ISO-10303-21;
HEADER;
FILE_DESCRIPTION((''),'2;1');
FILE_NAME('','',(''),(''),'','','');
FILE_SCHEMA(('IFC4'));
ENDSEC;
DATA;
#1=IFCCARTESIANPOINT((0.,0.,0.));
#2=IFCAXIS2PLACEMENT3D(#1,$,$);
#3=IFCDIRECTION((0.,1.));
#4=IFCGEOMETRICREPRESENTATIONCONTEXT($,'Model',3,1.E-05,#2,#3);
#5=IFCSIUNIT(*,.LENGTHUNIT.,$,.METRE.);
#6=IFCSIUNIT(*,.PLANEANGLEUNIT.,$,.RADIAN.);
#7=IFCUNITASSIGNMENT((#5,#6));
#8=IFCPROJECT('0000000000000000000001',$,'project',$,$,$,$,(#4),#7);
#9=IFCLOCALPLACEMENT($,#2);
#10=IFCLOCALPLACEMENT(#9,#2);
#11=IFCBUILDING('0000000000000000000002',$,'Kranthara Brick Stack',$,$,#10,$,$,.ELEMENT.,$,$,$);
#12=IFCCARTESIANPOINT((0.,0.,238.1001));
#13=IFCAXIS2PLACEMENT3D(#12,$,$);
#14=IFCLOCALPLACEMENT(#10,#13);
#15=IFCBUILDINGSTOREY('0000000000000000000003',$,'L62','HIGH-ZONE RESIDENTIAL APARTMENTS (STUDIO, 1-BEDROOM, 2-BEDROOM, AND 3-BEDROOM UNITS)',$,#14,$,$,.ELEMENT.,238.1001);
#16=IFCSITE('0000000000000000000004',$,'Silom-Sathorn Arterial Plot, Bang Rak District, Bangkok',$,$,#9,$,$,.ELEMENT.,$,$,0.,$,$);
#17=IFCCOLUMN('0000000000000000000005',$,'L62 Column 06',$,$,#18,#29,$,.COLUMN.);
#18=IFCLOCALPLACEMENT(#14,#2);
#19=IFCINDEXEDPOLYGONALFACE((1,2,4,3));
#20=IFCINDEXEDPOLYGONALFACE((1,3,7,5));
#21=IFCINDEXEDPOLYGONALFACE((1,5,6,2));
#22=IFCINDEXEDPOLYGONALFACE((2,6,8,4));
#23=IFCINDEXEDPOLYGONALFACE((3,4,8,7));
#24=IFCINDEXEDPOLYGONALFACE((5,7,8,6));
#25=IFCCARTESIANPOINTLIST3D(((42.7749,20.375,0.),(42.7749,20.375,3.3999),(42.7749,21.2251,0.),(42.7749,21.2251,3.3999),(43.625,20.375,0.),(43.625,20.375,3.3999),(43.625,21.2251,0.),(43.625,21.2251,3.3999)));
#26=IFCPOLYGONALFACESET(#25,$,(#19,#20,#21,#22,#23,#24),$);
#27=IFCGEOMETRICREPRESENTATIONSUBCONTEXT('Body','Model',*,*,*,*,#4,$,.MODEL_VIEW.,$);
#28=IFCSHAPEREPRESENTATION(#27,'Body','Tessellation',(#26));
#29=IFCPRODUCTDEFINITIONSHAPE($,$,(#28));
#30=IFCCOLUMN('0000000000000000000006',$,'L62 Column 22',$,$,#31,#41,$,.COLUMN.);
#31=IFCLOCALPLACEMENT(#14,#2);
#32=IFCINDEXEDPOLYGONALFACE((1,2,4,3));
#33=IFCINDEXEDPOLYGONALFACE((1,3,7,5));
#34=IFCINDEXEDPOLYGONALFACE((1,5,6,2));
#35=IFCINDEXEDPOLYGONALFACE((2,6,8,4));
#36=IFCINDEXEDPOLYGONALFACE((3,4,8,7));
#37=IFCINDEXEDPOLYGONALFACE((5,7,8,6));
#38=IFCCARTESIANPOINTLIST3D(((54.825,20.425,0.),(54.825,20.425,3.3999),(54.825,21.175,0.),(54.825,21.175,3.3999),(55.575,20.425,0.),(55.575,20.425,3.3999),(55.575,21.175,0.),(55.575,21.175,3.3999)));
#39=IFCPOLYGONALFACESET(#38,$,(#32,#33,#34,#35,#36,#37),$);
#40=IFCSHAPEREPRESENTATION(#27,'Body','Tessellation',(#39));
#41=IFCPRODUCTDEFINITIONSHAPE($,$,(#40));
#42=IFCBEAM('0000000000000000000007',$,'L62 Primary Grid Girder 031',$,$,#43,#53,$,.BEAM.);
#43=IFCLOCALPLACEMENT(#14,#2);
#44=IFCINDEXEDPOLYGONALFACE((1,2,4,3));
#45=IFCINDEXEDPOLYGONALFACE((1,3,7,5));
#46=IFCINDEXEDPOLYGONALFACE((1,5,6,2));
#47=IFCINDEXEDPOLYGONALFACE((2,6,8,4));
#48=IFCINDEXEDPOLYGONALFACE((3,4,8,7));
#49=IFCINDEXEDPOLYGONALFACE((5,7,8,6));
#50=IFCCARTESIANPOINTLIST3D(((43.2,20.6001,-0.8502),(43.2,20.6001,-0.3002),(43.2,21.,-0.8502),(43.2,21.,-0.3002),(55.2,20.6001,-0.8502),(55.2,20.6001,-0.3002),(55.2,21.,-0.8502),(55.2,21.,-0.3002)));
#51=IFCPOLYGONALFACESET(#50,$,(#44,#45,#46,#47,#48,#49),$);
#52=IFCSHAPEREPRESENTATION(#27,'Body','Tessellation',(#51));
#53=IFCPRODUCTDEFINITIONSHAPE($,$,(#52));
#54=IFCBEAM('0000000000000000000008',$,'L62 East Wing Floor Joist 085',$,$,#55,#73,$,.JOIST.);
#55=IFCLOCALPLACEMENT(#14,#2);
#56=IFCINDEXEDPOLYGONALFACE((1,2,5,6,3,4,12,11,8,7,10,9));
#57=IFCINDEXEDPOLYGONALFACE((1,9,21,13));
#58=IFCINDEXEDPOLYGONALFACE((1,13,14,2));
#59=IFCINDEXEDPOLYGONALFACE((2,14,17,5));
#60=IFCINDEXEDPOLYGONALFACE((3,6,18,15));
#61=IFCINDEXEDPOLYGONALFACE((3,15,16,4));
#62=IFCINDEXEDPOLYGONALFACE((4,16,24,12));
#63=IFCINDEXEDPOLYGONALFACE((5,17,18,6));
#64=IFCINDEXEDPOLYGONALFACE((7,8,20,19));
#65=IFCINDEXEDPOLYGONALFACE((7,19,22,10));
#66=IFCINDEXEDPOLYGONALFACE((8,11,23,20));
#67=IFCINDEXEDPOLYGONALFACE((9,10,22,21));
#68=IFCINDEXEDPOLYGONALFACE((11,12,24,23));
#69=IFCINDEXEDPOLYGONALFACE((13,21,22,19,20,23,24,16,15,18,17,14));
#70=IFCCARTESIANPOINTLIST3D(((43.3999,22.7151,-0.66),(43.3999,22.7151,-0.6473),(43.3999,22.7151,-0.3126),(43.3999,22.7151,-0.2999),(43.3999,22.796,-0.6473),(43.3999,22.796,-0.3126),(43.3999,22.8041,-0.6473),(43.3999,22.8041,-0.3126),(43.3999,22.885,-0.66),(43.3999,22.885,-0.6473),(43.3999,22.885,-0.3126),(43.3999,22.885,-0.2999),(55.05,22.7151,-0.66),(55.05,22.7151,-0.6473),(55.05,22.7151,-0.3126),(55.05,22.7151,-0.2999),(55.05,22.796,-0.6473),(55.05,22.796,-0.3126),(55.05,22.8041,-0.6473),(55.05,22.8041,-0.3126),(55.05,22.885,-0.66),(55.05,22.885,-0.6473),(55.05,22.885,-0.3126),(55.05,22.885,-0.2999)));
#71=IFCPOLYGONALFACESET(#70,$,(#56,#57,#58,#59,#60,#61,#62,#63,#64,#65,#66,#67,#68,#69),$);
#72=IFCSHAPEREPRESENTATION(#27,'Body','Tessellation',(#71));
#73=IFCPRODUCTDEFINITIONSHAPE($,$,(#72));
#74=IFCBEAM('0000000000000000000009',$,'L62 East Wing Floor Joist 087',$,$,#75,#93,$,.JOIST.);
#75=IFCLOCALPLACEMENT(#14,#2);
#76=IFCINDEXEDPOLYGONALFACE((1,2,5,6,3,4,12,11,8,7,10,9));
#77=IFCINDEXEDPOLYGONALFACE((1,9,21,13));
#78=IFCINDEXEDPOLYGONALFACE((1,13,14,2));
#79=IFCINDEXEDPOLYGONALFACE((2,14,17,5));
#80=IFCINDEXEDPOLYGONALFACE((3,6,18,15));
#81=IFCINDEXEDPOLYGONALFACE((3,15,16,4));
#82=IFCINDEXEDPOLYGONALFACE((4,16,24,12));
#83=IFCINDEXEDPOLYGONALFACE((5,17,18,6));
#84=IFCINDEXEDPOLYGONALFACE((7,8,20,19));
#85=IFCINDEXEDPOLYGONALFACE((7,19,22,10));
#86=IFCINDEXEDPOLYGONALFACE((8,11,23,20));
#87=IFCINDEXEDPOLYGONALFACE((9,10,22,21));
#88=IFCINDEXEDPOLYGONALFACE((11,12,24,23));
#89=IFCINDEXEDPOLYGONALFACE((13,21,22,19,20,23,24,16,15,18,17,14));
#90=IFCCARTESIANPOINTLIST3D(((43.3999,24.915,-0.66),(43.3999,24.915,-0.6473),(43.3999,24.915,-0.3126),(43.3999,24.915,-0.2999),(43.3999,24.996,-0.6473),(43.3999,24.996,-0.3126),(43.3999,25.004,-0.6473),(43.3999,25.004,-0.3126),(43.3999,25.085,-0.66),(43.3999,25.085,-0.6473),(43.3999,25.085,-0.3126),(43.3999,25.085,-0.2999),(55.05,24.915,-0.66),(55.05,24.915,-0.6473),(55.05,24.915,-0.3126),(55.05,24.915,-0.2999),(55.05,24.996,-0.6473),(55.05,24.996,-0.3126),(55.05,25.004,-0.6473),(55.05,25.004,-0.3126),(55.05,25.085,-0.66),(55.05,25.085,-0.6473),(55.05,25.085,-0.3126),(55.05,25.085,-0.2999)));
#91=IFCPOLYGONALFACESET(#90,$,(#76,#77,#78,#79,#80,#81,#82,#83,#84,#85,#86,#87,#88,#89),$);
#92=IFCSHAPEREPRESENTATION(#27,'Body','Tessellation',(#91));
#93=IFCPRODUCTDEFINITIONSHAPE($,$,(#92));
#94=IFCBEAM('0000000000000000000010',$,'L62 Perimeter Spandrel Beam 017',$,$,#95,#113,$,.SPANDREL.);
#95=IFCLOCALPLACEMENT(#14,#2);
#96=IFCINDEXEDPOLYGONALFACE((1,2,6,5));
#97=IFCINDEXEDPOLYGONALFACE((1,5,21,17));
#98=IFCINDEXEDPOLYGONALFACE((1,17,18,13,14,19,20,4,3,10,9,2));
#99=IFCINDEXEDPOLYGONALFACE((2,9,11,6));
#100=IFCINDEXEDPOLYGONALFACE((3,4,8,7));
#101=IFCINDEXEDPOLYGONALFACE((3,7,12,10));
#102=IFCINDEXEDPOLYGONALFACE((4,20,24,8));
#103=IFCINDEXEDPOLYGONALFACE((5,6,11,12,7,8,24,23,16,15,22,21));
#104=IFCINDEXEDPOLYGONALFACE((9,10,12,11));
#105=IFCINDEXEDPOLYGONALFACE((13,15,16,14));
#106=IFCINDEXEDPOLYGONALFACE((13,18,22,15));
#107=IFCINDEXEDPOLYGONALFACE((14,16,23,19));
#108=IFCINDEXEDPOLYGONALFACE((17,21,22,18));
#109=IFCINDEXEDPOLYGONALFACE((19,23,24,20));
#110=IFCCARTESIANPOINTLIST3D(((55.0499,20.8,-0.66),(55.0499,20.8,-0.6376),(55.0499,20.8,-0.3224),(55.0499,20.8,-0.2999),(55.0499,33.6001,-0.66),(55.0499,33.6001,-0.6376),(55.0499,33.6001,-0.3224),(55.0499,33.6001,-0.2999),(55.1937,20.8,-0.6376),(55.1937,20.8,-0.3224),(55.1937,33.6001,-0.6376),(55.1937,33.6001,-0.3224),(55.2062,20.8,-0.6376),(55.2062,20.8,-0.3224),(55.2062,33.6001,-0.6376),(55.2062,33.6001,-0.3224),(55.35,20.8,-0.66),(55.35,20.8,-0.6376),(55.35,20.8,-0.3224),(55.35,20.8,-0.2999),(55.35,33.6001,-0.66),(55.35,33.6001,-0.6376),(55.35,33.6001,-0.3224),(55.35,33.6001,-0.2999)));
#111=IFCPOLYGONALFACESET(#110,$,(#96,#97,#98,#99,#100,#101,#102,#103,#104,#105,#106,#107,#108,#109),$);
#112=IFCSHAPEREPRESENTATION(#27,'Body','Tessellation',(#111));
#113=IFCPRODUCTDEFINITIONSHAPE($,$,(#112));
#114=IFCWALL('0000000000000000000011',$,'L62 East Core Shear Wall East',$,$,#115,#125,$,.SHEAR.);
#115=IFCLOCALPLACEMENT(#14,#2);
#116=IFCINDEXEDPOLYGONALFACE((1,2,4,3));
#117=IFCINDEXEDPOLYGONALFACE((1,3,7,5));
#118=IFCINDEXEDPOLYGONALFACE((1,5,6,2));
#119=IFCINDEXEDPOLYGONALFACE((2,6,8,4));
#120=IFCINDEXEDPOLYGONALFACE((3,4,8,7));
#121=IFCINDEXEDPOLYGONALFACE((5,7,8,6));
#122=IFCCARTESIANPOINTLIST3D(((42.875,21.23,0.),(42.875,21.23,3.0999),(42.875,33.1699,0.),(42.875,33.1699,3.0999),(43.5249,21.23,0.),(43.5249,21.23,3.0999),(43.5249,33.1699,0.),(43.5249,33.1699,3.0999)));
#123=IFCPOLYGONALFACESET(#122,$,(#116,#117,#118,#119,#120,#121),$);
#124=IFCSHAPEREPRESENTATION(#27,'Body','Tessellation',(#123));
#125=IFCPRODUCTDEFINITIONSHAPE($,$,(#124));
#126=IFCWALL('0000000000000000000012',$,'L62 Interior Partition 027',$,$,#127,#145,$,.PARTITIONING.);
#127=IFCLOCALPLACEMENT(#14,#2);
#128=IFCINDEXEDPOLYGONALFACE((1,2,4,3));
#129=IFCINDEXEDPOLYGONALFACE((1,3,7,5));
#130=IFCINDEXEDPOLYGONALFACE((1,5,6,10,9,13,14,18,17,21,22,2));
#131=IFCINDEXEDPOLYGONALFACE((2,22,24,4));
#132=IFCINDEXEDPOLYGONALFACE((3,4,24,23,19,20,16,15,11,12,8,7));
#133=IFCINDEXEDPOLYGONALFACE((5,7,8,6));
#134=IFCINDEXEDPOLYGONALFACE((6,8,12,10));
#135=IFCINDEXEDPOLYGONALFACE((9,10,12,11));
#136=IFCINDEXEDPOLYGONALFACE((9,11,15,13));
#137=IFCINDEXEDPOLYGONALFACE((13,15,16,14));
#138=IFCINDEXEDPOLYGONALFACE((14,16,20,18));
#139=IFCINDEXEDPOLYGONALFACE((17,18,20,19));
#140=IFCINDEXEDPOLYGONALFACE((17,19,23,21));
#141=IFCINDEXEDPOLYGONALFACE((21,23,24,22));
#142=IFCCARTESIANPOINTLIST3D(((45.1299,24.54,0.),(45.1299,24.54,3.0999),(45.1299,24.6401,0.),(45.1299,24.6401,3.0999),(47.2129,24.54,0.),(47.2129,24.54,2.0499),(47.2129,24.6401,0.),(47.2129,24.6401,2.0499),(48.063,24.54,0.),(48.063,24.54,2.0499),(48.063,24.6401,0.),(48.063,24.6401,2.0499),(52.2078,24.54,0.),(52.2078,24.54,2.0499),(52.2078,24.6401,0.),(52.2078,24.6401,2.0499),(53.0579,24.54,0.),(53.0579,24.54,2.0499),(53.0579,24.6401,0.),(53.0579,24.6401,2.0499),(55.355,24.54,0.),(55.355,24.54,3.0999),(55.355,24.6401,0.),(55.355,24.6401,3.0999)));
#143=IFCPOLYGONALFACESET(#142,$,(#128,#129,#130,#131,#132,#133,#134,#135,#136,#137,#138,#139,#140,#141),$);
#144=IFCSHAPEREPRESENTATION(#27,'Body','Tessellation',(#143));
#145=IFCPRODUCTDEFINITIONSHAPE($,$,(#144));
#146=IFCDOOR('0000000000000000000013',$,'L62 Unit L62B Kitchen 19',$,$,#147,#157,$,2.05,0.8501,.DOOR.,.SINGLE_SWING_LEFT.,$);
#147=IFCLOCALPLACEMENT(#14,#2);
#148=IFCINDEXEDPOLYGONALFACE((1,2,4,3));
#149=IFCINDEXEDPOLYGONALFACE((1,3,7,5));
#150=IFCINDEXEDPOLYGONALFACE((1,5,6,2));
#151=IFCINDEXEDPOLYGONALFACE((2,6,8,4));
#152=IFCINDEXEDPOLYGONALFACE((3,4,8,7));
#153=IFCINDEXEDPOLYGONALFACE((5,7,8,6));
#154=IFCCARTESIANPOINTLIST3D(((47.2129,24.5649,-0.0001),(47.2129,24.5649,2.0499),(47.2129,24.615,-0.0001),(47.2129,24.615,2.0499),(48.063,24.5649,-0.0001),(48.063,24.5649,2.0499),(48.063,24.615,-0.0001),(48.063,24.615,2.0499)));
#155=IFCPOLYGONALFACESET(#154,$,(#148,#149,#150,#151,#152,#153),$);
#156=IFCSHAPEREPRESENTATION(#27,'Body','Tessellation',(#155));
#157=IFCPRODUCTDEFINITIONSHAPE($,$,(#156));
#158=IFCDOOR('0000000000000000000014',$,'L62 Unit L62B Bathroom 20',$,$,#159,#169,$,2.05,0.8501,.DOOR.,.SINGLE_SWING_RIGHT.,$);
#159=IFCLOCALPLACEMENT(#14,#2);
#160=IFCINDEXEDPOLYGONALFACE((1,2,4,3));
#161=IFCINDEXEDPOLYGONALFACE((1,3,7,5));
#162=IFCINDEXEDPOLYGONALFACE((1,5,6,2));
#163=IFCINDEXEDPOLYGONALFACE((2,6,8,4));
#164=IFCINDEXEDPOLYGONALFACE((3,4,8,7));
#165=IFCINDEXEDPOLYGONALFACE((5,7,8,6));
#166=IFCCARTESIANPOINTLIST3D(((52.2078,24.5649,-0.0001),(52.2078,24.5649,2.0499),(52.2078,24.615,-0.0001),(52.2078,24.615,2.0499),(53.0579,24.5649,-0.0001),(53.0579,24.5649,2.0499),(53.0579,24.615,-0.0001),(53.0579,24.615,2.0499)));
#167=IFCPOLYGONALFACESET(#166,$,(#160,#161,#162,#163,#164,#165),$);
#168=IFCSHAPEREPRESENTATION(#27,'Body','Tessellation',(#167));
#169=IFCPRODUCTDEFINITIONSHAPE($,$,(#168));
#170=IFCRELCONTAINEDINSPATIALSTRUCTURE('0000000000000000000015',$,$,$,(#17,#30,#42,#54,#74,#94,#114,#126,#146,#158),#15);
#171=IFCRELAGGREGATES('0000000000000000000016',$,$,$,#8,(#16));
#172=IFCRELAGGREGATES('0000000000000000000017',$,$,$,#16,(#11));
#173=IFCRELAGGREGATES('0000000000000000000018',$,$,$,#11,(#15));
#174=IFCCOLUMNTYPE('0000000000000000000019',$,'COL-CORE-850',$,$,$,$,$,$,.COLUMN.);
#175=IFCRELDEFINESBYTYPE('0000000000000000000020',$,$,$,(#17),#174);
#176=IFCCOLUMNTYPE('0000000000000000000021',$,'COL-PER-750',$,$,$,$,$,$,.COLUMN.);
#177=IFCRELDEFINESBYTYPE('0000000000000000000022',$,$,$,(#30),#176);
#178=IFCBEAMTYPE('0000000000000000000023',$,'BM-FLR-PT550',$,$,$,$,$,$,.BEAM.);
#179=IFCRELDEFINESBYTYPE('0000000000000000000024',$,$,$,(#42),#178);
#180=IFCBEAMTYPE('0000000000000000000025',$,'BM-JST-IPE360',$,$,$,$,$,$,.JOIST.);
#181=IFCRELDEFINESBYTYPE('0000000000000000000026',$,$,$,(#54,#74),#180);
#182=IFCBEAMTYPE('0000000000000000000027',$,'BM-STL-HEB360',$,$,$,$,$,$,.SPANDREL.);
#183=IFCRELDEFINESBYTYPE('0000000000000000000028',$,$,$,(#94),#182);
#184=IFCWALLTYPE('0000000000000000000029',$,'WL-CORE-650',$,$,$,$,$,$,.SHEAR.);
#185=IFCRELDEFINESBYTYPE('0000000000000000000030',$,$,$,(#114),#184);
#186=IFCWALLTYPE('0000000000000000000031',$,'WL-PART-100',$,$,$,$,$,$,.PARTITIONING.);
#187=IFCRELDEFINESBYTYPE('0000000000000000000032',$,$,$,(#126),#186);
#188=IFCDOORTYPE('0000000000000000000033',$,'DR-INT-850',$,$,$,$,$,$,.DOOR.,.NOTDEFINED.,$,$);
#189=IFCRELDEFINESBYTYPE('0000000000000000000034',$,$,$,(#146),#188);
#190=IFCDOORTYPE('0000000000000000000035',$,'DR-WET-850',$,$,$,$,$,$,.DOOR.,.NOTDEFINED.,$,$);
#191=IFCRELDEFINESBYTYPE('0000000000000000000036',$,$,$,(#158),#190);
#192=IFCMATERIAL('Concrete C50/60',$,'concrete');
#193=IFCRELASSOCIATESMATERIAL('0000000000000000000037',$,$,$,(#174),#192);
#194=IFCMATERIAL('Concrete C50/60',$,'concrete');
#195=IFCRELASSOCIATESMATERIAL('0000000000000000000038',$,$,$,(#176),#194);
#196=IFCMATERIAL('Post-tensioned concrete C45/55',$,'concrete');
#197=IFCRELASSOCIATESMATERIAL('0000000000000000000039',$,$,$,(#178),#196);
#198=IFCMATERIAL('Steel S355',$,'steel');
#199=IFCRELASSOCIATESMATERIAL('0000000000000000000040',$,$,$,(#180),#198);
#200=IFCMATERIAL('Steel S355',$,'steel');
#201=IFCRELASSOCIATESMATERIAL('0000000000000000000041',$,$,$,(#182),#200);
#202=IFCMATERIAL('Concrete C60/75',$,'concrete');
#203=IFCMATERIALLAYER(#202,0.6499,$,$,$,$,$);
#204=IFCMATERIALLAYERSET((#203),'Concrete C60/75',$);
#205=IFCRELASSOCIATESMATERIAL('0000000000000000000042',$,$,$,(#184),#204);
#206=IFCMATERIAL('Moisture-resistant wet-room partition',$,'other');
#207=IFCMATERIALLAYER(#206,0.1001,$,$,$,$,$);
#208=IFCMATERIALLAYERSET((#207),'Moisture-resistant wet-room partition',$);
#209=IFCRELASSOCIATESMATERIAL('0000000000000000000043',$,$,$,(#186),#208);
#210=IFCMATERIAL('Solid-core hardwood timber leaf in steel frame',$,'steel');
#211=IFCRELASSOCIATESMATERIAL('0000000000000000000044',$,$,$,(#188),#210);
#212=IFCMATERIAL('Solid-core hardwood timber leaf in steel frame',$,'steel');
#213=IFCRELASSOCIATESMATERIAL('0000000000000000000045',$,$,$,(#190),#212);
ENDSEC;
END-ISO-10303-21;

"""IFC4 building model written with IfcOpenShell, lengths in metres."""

from ifc_helpers import new_model, si_unit, direction, frame, frame_2d, origin, origin_2d, place, context, subcontext, project, spatial, rectangle, i_section, extrude, material, layer, layer_set, material_profile, profile_set, type_object, element, fill, save


model = new_model("IFC4")

# Units and contexts
model_context = context("Model", 3, precision=1e-05, world=origin(), true_north=direction((0.0, 1.0)))
body_context = subcontext(model_context, "Body", "Model", "MODEL_VIEW")
ifc_project = project(units=[si_unit("LENGTHUNIT", "METRE"), si_unit("PLANEANGLEUNIT", "RADIAN")], contexts=[model_context])

# Site, building, storey
site_placement = place(None, origin())
site = spatial("IfcSite", under=ifc_project, at=site_placement, Name="Silom-Sathorn Arterial Plot, Bang Rak District, Bangkok", CompositionType="ELEMENT", RefElevation=0.0)
building_placement = place(site_placement, origin())
building = spatial("IfcBuilding", under=site, at=building_placement, Name="Kranthara Brick Stack", CompositionType="ELEMENT")
storey_placement = place(building_placement, frame((0.0, 0.0, 238.1001)))
storey = spatial("IfcBuildingStorey", under=building, at=storey_placement, Name="L62", Description="HIGH-ZONE RESIDENTIAL APARTMENTS (STUDIO, 1-BEDROOM, 2-BEDROOM, AND 3-BEDROOM UNITS)", CompositionType="ELEMENT", Elevation=238.1001)

# Columns
ifc_material_1 = material(Name="Concrete C50/60", Category="concrete")
ifc_material_profile_1 = material_profile(ifc_material_1, rectangle(XDim=0.8501, YDim=0.8501, at=origin_2d()), Name="RC 850x850")
ifc_profile_set_1 = profile_set([ifc_material_profile_1], Name="Concrete C50/60")
column_type_1 = type_object("IfcColumnType", Name="COL-CORE-850", PredefinedType="COLUMN", material=ifc_profile_set_1)
column_1_placement = place(storey_placement, frame((43.2, 20.8, 0.0), z_axis=(0.0, 0.0, 1.0), x_axis=(1.0, 0.0, 0.0)))
element("IfcColumn", 1, at=column_1_placement, inside=storey, type_object=column_type_1, Name="L62 Column 06", PredefinedType="COLUMN", context=body_context, shape_type="SweptSolid", body=[
    extrude(rectangle(XDim=0.8501, YDim=0.8501, at=origin_2d()), origin(), (0.0, 0.0, 1.0), 3.3999),
])
ifc_material_2 = material(Name="Concrete C50/60", Category="concrete")
ifc_material_profile_2 = material_profile(ifc_material_2, rectangle(XDim=0.75, YDim=0.75, at=origin_2d()), Name="RC 750x750")
ifc_profile_set_2 = profile_set([ifc_material_profile_2], Name="Concrete C50/60")
column_type_2 = type_object("IfcColumnType", Name="COL-PER-750", PredefinedType="COLUMN", material=ifc_profile_set_2)
column_2_placement = place(storey_placement, frame((55.2, 20.8, 0.0), z_axis=(0.0, 0.0, 1.0), x_axis=(1.0, 0.0, 0.0)))
element("IfcColumn", 2, at=column_2_placement, inside=storey, type_object=column_type_2, Name="L62 Column 22", PredefinedType="COLUMN", context=body_context, shape_type="SweptSolid", body=[
    extrude(rectangle(XDim=0.75, YDim=0.75, at=origin_2d()), origin(), (0.0, 0.0, 1.0), 3.3999),
])

# Beams
ifc_material_3 = material(Name="Post-tensioned concrete C45/55", Category="concrete")
ifc_material_profile_3 = material_profile(ifc_material_3, rectangle(XDim=0.3999, YDim=0.55, at=origin_2d()), Name="PT 400x550")
ifc_profile_set_3 = profile_set([ifc_material_profile_3], Name="Post-tensioned concrete C45/55")
beam_type_1 = type_object("IfcBeamType", Name="BM-FLR-PT550", PredefinedType="BEAM", material=ifc_profile_set_3)
beam_1_placement = place(storey_placement, frame((43.2, 20.8, -0.5752), z_axis=(1.0, 0.0, 0.0), x_axis=(0.0, 1.0, 0.0)))
element("IfcBeam", 3, at=beam_1_placement, inside=storey, type_object=beam_type_1, Name="L62 Primary Grid Girder 031", PredefinedType="BEAM", context=body_context, shape_type="SweptSolid", body=[
    extrude(rectangle(XDim=0.3999, YDim=0.55, at=origin_2d()), origin(), (0.0, 0.0, 1.0), 12.0),
])
ifc_material_4 = material(Name="Steel S355", Category="steel")
ifc_material_profile_4 = material_profile(ifc_material_4, i_section(OverallWidth=0.1699, OverallDepth=0.3601, WebThickness=0.0081, FlangeThickness=0.0127, at=origin_2d()), Name="IPE 360")
ifc_profile_set_4 = profile_set([ifc_material_profile_4], Name="Steel S355")
beam_type_2 = type_object("IfcBeamType", Name="BM-JST-IPE360", PredefinedType="JOIST", material=ifc_profile_set_4)
for number, where, z_axis, x_axis, name in (
    (4, (43.3999, 22.8, -0.48), (1.0, 0.0, 0.0), (0.0, 1.0, 0.0), "L62 East Wing Floor Joist 085"),
    (5, (43.3999, 25.0, -0.48), (1.0, 0.0, 0.0), (0.0, 1.0, 0.0), "L62 East Wing Floor Joist 087"),
):
    element("IfcBeam", number, at=place(storey_placement, frame(where, z_axis=z_axis, x_axis=x_axis)), inside=storey, type_object=beam_type_2, Name=name, PredefinedType="JOIST", context=body_context, shape_type="SweptSolid", body=[
        extrude(i_section(OverallWidth=0.1699, OverallDepth=0.3601, WebThickness=0.0081, FlangeThickness=0.0127, at=origin_2d()), origin(), (0.0, 0.0, 1.0), 11.6501),
    ])
ifc_material_5 = material(Name="Steel S355", Category="steel")
ifc_material_profile_5 = material_profile(ifc_material_5, i_section(OverallWidth=0.3, OverallDepth=0.3601, WebThickness=0.0125, FlangeThickness=0.0225, at=origin_2d()), Name="HEB 360")
ifc_profile_set_5 = profile_set([ifc_material_profile_5], Name="Steel S355")
beam_type_3 = type_object("IfcBeamType", Name="BM-STL-HEB360", PredefinedType="SPANDREL", material=ifc_profile_set_5)
beam_2_placement = place(storey_placement, frame((55.2, 20.8, -0.48), z_axis=(0.0, 1.0, 0.0), x_axis=(-1.0, 0.0, 0.0)))
element("IfcBeam", 6, at=beam_2_placement, inside=storey, type_object=beam_type_3, Name="L62 Perimeter Spandrel Beam 017", PredefinedType="SPANDREL", context=body_context, shape_type="SweptSolid", body=[
    extrude(i_section(OverallWidth=0.3, OverallDepth=0.3601, WebThickness=0.0125, FlangeThickness=0.0225, at=origin_2d()), origin(), (0.0, 0.0, 1.0), 12.8),
])

# Wall
ifc_material_6 = material(Name="Concrete C60/75", Category="concrete")
ifc_layer_1 = layer(ifc_material_6, 0.6499)
ifc_layer_set_1 = layer_set([ifc_layer_1], Name="Concrete C60/75")
wall_type_1 = type_object("IfcWallType", Name="WL-CORE-650", PredefinedType="SHEAR", material=ifc_layer_set_1)
wall_1_placement = place(storey_placement, frame((43.2, 21.23, 0.0), z_axis=(0.0, 0.0, 1.0), x_axis=(0.0, 1.0, 0.0)))
element("IfcWall", 7, at=wall_1_placement, inside=storey, type_object=wall_type_1, Name="L62 East Core Shear Wall East", PredefinedType="SHEAR", context=body_context, shape_type="SweptSolid", body=[
    extrude(rectangle(XDim=11.9399, YDim=0.6499, at=frame_2d((5.97, 0.0))), origin(), (0.0, 0.0, 1.0), 3.0999),
])

# Wall, openings, doors
ifc_material_7 = material(Name="Moisture-resistant wet-room partition", Category="other")
ifc_layer_2 = layer(ifc_material_7, 0.1001)
ifc_layer_set_2 = layer_set([ifc_layer_2], Name="Moisture-resistant wet-room partition")
wall_type_2 = type_object("IfcWallType", Name="WL-PART-100", PredefinedType="PARTITIONING", material=ifc_layer_set_2)
wall_2_placement = place(storey_placement, frame((45.1299, 24.5901, 0.0), z_axis=(0.0, 0.0, 1.0), x_axis=(1.0, 0.0, 0.0)))
wall_2 = element("IfcWall", 8, at=wall_2_placement, inside=storey, type_object=wall_type_2, Name="L62 Interior Partition 027", PredefinedType="PARTITIONING", context=body_context, shape_type="SweptSolid", body=[
    extrude(rectangle(XDim=10.2251, YDim=0.1001, at=frame_2d((5.1125, 0.0))), origin(), (0.0, 0.0, 1.0), 3.0999),
])
opening_1_placement = place(wall_2_placement, frame((2.083, 0.0, 0.0)))
opening_1 = element("IfcOpeningElement", 9, at=opening_1_placement, cuts=wall_2, PredefinedType="OPENING", context=body_context, shape_type="SweptSolid", body=[
    extrude(rectangle(XDim=0.8501, YDim=2.05, at=frame_2d((0.425, 1.0249))), frame((0.0, 0.0601, 0.0), z_axis=(0.0, -1.0, 0.0), x_axis=(1.0, 0.0, 0.0)), (0.0, 0.0, 1.0), 0.1201),
])
opening_2_placement = place(wall_2_placement, frame((7.0779, 0.0, 0.0)))
opening_2 = element("IfcOpeningElement", 10, at=opening_2_placement, cuts=wall_2, PredefinedType="OPENING", context=body_context, shape_type="SweptSolid", body=[
    extrude(rectangle(XDim=0.8501, YDim=2.05, at=frame_2d((0.425, 1.0249))), frame((0.0, 0.0601, 0.0), z_axis=(0.0, -1.0, 0.0), x_axis=(1.0, 0.0, 0.0)), (0.0, 0.0, 1.0), 0.1201),
])
ifc_material_8 = material(Name="Solid-core hardwood timber leaf in steel frame", Category="steel")
door_type_1 = type_object("IfcDoorType", Name="DR-INT-850", OperationType="NOTDEFINED", PredefinedType="DOOR", material=ifc_material_8)
door_1_placement = place(opening_1_placement, origin())
door_1 = element("IfcDoor", 11, at=door_1_placement, inside=storey, type_object=door_type_1, Name="L62 Unit L62B Kitchen 19", OperationType="SINGLE_SWING_LEFT", OverallHeight=2.05, OverallWidth=0.8501, PredefinedType="DOOR", context=body_context, shape_type="SweptSolid", body=[
    extrude(rectangle(XDim=0.8501, YDim=2.05, at=frame_2d((0.425, 1.0249))), frame((0.0, 0.0249, 0.0), z_axis=(0.0, -1.0, 0.0), x_axis=(1.0, 0.0, 0.0)), (0.0, 0.0, 1.0), 0.05),
])
fill(opening_1, door_1)
ifc_material_9 = material(Name="Solid-core hardwood timber leaf in steel frame", Category="steel")
door_type_2 = type_object("IfcDoorType", Name="DR-WET-850", OperationType="NOTDEFINED", PredefinedType="DOOR", material=ifc_material_9)
door_2_placement = place(opening_2_placement, origin())
door_2 = element("IfcDoor", 12, at=door_2_placement, inside=storey, type_object=door_type_2, Name="L62 Unit L62B Bathroom 20", OperationType="SINGLE_SWING_RIGHT", OverallHeight=2.05, OverallWidth=0.8501, PredefinedType="DOOR", context=body_context, shape_type="SweptSolid", body=[
    extrude(rectangle(XDim=0.8501, YDim=2.05, at=frame_2d((0.425, 1.0249))), frame((0.0, 0.0249, 0.0), z_axis=(0.0, -1.0, 0.0), x_axis=(1.0, 0.0, 0.0)), (0.0, 0.0, 1.0), 0.05),
])
fill(opening_2, door_2)

save(model, "model.ifc")
